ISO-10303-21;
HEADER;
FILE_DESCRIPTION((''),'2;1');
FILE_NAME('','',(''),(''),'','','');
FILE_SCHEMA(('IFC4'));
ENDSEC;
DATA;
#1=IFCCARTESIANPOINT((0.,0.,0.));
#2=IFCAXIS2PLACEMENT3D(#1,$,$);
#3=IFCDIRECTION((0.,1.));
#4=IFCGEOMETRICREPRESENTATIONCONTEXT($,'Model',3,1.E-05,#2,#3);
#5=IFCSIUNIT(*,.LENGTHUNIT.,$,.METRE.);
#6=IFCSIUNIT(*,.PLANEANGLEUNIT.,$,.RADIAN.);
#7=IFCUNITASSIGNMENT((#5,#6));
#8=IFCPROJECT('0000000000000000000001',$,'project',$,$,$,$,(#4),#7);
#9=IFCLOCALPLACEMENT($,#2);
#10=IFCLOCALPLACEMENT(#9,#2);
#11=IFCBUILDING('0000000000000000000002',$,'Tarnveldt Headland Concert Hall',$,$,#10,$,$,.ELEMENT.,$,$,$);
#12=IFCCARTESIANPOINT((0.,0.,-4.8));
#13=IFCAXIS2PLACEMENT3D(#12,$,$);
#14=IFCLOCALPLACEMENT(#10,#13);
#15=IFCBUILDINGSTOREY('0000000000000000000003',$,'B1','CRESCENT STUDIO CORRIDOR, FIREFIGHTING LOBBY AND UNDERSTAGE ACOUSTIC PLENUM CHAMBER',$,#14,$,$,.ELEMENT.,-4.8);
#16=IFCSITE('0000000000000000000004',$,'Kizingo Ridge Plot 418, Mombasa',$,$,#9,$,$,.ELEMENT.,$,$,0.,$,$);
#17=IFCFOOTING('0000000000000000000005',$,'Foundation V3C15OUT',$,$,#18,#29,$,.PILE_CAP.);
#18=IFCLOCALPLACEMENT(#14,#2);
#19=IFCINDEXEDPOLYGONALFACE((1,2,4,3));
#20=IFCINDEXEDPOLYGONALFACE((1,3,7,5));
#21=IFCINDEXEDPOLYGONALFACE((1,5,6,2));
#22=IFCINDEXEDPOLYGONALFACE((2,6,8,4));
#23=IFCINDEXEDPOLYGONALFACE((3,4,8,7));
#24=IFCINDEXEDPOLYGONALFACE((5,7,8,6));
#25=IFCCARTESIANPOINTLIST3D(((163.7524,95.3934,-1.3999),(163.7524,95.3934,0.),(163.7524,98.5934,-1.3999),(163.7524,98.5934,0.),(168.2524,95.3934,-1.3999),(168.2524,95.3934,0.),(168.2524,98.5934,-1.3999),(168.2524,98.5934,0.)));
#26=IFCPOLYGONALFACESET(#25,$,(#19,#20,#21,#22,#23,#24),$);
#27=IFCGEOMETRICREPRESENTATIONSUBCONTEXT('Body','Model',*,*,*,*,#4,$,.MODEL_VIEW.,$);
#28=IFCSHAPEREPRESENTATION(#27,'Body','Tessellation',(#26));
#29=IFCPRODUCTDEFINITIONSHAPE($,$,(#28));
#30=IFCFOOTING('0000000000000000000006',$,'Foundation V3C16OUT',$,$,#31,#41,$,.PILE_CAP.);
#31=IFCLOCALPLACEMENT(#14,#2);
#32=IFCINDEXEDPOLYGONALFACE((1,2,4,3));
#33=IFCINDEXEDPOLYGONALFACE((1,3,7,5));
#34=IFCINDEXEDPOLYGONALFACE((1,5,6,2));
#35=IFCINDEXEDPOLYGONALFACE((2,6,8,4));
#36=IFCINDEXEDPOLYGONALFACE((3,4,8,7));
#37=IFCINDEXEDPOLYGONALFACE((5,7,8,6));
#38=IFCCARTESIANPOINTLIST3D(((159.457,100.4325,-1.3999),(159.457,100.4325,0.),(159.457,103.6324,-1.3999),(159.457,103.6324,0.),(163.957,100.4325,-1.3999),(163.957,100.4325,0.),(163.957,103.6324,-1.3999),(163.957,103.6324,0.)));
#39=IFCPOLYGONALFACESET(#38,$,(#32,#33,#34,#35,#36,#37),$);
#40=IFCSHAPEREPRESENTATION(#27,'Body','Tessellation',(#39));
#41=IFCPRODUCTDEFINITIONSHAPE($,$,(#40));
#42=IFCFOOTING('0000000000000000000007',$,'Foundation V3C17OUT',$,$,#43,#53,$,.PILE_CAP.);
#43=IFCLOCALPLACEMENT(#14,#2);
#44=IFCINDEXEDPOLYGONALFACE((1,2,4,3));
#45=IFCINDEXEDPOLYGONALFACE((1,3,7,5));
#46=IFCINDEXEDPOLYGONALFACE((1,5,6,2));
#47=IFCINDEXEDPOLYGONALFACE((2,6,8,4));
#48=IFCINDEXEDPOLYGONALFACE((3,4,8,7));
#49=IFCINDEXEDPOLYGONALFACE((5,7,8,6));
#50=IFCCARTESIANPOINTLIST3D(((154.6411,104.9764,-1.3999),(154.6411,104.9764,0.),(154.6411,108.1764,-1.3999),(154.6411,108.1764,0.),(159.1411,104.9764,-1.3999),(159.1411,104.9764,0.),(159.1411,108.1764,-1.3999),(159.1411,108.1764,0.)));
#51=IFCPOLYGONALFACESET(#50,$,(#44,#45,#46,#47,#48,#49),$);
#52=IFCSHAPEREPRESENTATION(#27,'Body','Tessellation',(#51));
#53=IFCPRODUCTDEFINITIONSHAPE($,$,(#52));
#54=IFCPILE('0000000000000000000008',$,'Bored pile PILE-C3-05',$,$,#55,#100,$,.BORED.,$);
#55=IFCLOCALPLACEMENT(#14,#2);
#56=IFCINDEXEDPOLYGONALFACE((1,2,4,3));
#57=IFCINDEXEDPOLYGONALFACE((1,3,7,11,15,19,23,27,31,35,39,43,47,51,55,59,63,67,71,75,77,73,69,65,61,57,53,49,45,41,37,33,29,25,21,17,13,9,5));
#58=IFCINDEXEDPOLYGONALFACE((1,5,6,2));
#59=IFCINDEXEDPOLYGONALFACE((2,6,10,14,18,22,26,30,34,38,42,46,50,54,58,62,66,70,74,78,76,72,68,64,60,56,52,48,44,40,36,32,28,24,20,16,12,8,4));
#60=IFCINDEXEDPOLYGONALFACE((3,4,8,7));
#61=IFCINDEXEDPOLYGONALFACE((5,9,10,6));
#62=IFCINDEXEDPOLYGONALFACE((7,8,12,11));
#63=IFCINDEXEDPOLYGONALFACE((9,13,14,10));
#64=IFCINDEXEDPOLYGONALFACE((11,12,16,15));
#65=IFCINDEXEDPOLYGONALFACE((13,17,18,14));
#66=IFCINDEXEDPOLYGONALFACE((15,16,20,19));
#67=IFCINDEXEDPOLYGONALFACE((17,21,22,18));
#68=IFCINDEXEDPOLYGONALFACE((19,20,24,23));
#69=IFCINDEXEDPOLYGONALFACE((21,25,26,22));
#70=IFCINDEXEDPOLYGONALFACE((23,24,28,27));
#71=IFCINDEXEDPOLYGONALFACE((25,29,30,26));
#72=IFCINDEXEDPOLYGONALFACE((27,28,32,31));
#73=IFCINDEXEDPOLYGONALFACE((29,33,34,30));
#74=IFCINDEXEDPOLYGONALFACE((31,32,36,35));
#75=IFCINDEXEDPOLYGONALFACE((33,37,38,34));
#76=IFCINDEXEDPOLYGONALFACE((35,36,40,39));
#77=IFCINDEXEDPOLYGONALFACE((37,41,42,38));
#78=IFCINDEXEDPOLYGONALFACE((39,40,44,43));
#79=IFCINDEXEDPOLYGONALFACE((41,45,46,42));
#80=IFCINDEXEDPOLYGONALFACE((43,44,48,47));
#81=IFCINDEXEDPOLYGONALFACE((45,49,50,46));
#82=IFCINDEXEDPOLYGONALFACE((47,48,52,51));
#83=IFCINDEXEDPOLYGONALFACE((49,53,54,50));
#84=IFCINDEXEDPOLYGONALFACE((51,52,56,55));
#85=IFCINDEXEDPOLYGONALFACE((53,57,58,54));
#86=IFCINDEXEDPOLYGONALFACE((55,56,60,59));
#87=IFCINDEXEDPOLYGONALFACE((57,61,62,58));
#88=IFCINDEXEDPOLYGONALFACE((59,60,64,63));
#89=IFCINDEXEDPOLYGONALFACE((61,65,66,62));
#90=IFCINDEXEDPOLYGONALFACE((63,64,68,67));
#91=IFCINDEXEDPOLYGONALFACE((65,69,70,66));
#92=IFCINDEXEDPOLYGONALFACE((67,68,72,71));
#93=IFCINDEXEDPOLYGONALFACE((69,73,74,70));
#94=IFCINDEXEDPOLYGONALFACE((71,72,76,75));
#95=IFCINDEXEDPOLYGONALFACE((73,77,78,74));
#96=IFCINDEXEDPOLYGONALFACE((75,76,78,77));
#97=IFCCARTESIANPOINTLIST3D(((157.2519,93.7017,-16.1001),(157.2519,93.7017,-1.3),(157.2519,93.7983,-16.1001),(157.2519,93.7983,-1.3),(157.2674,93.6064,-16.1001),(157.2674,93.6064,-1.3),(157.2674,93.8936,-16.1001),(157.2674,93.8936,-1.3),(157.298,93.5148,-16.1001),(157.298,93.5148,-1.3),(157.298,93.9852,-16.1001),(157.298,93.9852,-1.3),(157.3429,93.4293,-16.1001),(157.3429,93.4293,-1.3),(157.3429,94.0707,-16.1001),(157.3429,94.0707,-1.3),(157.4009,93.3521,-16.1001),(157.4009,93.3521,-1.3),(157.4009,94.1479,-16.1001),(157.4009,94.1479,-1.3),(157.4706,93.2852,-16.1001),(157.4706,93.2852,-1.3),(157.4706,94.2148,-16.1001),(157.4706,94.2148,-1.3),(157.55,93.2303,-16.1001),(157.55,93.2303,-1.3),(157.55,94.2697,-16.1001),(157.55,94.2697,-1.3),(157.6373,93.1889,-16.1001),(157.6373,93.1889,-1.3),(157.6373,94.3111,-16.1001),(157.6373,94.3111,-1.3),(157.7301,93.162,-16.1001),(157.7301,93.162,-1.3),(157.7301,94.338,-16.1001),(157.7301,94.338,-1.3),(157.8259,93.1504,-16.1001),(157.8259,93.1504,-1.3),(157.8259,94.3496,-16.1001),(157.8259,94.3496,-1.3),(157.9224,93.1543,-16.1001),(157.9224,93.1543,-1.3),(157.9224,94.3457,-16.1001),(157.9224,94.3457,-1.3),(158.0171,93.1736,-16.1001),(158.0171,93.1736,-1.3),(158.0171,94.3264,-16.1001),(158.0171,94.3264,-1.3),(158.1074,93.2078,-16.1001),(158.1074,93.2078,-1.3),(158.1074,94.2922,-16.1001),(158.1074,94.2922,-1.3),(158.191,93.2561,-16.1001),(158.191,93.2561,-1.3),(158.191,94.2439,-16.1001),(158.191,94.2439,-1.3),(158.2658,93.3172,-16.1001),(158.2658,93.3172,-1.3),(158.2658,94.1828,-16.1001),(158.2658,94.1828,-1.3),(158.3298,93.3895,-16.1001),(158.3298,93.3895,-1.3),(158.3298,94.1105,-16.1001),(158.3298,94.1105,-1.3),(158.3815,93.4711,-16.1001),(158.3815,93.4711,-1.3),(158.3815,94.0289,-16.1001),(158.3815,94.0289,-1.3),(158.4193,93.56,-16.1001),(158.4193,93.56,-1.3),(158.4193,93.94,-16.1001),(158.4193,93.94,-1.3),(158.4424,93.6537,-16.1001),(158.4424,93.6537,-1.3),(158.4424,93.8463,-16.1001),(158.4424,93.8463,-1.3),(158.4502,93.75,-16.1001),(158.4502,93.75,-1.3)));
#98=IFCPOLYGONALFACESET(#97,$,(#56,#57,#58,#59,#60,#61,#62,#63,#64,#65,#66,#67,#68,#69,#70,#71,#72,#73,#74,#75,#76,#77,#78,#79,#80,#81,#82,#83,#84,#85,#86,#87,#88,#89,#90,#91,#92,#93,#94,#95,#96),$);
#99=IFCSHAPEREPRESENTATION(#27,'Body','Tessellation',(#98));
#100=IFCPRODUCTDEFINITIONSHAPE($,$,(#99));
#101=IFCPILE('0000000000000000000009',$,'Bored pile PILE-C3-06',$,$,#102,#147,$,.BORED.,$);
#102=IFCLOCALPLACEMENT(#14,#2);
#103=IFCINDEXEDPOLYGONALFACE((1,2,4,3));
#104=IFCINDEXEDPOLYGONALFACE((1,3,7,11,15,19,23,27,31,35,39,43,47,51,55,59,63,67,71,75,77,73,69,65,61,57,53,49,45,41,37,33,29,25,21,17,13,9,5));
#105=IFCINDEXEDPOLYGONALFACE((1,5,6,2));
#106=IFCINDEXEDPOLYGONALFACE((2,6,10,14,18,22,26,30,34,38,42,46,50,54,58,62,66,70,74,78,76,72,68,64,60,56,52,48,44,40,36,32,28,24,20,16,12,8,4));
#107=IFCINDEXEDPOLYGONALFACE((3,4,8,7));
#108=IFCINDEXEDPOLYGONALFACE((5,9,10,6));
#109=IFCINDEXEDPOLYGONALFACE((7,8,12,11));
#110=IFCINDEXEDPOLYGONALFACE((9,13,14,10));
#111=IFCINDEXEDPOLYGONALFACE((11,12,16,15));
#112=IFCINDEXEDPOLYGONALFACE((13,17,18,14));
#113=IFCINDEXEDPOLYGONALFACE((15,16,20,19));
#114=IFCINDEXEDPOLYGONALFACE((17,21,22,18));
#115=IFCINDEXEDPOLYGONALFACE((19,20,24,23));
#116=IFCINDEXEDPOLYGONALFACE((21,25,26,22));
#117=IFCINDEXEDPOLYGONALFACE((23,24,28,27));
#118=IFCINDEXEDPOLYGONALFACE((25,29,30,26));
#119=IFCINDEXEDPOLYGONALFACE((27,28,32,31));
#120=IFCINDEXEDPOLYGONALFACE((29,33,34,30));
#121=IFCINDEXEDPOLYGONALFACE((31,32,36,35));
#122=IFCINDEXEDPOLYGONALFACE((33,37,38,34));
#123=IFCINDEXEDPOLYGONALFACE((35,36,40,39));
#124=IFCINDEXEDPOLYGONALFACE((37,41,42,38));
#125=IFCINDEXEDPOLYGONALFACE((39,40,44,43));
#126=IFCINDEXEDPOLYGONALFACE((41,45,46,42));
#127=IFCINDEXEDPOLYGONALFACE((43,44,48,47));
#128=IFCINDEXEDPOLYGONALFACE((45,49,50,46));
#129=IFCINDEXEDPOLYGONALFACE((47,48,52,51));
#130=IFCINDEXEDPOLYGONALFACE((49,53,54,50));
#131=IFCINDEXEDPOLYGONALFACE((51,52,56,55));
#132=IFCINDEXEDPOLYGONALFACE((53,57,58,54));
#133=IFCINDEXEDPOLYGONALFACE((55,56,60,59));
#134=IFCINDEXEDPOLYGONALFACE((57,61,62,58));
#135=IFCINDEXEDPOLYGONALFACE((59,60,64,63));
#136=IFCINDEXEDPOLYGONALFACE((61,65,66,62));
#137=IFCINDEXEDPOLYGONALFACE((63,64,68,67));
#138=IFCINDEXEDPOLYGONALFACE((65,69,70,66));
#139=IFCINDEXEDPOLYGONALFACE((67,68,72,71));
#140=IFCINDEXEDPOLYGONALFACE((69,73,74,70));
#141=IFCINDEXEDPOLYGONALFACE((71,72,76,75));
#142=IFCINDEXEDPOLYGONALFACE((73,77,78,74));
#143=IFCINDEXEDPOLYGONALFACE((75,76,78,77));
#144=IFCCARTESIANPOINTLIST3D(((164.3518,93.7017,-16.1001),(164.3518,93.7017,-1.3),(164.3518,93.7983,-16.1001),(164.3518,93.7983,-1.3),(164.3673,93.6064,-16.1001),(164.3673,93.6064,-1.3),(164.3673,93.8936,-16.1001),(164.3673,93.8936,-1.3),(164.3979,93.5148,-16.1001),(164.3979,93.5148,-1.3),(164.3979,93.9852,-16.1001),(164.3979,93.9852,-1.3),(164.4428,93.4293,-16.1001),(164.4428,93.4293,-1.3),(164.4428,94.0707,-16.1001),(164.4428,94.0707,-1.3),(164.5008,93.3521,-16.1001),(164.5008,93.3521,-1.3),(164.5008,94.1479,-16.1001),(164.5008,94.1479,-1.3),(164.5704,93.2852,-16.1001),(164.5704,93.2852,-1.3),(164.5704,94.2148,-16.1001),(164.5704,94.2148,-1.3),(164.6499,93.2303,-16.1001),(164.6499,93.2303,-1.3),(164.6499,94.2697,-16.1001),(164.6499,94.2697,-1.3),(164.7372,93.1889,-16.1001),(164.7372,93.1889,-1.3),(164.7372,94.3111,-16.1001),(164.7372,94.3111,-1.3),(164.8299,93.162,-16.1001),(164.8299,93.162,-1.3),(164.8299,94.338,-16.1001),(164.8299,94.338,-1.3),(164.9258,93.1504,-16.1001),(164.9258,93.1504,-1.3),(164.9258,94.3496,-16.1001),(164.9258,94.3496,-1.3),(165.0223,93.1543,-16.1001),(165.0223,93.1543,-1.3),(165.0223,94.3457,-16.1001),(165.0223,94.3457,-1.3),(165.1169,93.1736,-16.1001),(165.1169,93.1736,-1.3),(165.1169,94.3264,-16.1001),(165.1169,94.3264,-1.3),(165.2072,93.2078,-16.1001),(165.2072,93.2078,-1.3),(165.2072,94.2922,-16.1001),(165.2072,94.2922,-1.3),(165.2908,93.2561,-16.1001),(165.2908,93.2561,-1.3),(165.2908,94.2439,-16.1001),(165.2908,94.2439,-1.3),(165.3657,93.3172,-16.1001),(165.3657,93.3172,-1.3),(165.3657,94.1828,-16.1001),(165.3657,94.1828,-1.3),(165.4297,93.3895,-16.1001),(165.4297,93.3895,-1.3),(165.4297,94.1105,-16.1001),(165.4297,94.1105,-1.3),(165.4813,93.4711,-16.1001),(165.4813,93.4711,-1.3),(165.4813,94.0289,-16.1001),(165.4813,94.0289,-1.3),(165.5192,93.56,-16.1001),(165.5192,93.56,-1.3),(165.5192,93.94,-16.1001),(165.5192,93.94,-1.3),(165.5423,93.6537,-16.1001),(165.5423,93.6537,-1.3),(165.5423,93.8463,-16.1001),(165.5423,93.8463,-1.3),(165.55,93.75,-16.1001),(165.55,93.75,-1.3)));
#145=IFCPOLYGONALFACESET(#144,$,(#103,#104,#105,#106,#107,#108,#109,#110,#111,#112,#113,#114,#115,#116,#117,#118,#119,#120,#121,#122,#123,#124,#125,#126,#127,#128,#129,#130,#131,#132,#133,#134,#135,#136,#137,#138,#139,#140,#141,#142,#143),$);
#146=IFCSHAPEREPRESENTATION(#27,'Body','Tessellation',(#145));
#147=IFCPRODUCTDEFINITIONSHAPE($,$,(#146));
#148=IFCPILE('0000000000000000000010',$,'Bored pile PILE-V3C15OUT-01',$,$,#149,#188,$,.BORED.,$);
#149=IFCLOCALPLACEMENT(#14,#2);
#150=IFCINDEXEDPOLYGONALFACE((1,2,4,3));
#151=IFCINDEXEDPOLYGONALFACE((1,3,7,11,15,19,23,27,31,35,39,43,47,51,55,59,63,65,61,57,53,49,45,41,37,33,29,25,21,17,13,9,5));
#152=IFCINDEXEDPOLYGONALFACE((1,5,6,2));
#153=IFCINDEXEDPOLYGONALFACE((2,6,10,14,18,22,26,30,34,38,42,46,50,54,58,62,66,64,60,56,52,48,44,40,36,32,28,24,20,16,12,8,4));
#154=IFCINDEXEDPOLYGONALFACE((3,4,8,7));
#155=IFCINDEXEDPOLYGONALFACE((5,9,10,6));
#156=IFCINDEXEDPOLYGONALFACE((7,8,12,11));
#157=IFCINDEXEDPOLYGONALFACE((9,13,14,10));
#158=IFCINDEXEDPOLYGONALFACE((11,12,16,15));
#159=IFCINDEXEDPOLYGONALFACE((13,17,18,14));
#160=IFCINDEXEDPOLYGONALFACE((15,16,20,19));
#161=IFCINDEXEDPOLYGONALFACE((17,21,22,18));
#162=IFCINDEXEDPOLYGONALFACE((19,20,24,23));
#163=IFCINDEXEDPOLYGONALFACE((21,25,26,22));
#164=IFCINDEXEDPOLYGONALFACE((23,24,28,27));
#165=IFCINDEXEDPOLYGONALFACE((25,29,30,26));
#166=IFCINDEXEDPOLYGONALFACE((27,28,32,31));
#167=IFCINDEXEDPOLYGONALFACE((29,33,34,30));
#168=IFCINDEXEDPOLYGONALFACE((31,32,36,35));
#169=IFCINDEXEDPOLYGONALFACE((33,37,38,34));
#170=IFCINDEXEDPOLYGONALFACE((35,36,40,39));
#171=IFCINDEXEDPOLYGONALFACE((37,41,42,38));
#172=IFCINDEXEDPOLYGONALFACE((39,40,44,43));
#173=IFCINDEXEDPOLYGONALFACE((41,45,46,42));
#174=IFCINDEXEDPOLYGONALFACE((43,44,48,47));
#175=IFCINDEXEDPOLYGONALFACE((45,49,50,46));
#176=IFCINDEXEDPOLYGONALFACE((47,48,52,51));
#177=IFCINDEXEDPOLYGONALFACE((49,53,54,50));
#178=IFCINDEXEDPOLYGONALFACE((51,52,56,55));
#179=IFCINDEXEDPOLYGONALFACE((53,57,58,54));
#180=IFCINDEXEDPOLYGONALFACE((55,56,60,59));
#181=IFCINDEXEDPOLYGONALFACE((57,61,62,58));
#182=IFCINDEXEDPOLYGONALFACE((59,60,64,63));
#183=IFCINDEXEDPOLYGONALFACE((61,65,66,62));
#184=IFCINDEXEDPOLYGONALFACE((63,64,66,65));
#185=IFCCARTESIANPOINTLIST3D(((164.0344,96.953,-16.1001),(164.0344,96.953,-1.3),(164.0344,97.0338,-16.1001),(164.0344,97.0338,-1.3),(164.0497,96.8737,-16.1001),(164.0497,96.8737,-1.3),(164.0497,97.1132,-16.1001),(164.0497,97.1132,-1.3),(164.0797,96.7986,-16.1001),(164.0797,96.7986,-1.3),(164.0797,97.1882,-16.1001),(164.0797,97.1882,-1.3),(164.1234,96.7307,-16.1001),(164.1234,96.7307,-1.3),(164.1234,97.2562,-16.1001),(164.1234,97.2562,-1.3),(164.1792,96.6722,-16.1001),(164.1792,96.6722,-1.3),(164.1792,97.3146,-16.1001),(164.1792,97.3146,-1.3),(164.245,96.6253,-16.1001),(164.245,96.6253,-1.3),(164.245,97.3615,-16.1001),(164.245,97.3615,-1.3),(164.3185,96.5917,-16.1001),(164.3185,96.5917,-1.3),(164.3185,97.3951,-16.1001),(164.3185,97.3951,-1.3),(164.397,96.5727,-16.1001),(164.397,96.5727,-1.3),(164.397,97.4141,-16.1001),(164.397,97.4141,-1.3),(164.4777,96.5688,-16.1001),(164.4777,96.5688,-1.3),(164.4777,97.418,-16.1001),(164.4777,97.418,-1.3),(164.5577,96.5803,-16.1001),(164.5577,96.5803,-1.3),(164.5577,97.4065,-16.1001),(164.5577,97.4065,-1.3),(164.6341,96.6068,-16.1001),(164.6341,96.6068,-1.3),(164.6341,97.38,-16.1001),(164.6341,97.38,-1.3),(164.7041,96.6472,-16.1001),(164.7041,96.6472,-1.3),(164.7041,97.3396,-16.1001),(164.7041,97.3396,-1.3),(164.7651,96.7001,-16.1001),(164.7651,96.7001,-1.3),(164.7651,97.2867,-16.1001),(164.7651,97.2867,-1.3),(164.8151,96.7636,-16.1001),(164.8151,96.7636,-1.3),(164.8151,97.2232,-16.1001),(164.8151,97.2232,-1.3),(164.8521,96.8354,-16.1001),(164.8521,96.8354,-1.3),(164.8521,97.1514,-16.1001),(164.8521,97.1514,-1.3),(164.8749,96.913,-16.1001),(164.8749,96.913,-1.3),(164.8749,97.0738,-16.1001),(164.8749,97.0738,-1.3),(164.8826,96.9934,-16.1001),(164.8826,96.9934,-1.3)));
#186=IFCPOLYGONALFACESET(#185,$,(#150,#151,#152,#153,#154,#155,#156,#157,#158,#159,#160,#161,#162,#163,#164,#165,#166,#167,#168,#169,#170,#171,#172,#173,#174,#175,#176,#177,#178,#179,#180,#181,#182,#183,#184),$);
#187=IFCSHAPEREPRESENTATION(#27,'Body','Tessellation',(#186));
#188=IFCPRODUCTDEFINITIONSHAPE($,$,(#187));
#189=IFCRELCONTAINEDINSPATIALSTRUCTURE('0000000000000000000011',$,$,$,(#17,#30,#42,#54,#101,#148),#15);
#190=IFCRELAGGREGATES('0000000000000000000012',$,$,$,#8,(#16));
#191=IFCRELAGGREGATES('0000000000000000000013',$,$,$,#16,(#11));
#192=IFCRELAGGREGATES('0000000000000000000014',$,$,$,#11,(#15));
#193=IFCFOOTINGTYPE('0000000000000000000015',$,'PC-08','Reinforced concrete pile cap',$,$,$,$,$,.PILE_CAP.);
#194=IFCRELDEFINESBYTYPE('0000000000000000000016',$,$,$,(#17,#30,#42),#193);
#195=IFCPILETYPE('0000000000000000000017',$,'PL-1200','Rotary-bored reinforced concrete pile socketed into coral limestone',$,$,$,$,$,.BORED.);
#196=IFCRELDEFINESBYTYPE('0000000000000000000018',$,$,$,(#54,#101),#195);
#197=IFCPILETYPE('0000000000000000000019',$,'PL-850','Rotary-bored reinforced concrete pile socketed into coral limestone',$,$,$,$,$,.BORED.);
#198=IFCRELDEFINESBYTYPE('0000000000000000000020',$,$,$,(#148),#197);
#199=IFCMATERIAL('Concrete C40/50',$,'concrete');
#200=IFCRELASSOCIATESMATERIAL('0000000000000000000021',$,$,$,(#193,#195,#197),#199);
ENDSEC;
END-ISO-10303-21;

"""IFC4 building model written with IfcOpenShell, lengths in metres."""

from ifc_helpers import new_model, si_unit, direction, frame, origin, origin_2d, place, context, subcontext, project, spatial, rectangle, circle, extrude, material, material_profile, profile_set, type_object, element, save


model = new_model("IFC4")

# Units and contexts
model_context = context("Model", 3, precision=1e-05, world=origin(), true_north=direction((0.0, 1.0)))
body_context = subcontext(model_context, "Body", "Model", "MODEL_VIEW")
ifc_project = project(units=[si_unit("LENGTHUNIT", "METRE"), si_unit("PLANEANGLEUNIT", "RADIAN")], contexts=[model_context])

# Site, building, storey
site_placement = place(None, origin())
site = spatial("IfcSite", under=ifc_project, at=site_placement, Name="Kizingo Ridge Plot 418, Mombasa", CompositionType="ELEMENT", RefElevation=0.0)
building_placement = place(site_placement, origin())
building = spatial("IfcBuilding", under=site, at=building_placement, Name="Tarnveldt Headland Concert Hall", CompositionType="ELEMENT")
storey_placement = place(building_placement, frame((0.0, 0.0, -4.8)))
storey = spatial("IfcBuildingStorey", under=building, at=storey_placement, Name="B1", Description="CRESCENT STUDIO CORRIDOR, FIREFIGHTING LOBBY AND UNDERSTAGE ACOUSTIC PLENUM CHAMBER", CompositionType="ELEMENT", Elevation=-4.8)

# Footings
ifc_material_1 = material(Name="Concrete C40/50", Category="concrete")
footing_type = type_object("IfcFootingType", Name="PC-08", Description="Reinforced concrete pile cap", PredefinedType="PILE_CAP", material=ifc_material_1)
for number, where, z_axis, x_axis, name in (
    (1, (166.0024, 96.9934, -1.3999), (0.0, 0.0, 1.0), (1.0, 0.0, 0.0), "Foundation V3C15OUT"),
    (2, (161.707, 102.0325, -1.3999), (0.0, 0.0, 1.0), (1.0, 0.0, 0.0), "Foundation V3C16OUT"),
    (3, (156.8911, 106.5764, -1.3999), (0.0, 0.0, 1.0), (1.0, 0.0, 0.0), "Foundation V3C17OUT"),
):
    element("IfcFooting", number, at=place(storey_placement, frame(where, z_axis=z_axis, x_axis=x_axis)), inside=storey, type_object=footing_type, Name=name, PredefinedType="PILE_CAP", context=body_context, shape_type="SweptSolid", body=[
        extrude(rectangle(XDim=4.5, YDim=3.2, at=origin_2d()), origin(), (0.0, 0.0, 1.0), 1.3999),
    ])

# Piles
ifc_material_profile_1 = material_profile(ifc_material_1, circle(Radius=0.6001, at=origin_2d()), Name="BORED PILE D1200", Category="concrete")
ifc_profile_set_1 = profile_set([ifc_material_profile_1], Name="Concrete C40/50")
pile_type_1 = type_object("IfcPileType", Name="PL-1200", Description="Rotary-bored reinforced concrete pile socketed into coral limestone", PredefinedType="BORED", material=ifc_profile_set_1)
for number, where, z_axis, x_axis, name in (
    (4, (157.8501, 93.75, -1.3), (0.0, 0.0, -1.0), (1.0, 0.0, 0.0), "Bored pile PILE-C3-05"),
    (5, (164.95, 93.75, -1.3), (0.0, 0.0, -1.0), (1.0, 0.0, 0.0), "Bored pile PILE-C3-06"),
):
    element("IfcPile", number, at=place(storey_placement, frame(where, z_axis=z_axis, x_axis=x_axis)), inside=storey, type_object=pile_type_1, Name=name, PredefinedType="BORED", context=body_context, shape_type="SweptSolid", body=[
        extrude(circle(Radius=0.6001, at=origin_2d()), origin(), (0.0, 0.0, 1.0), 14.8),
    ])
ifc_material_profile_2 = material_profile(ifc_material_1, circle(Radius=0.425, at=origin_2d()), Name="BORED PILE D850", Category="concrete")
ifc_profile_set_2 = profile_set([ifc_material_profile_2], Name="Concrete C40/50")
pile_type_2 = type_object("IfcPileType", Name="PL-850", Description="Rotary-bored reinforced concrete pile socketed into coral limestone", PredefinedType="BORED", material=ifc_profile_set_2)
for number, where, z_axis, x_axis, name in (
    (6, (164.4575, 96.9934, -1.3), (0.0, 0.0, -1.0), (1.0, 0.0, 0.0), "Bored pile PILE-V3C15OUT-01"),
):
    element("IfcPile", number, at=place(storey_placement, frame(where, z_axis=z_axis, x_axis=x_axis)), inside=storey, type_object=pile_type_2, Name=name, PredefinedType="BORED", context=body_context, shape_type="SweptSolid", body=[
        extrude(circle(Radius=0.425, at=origin_2d()), origin(), (0.0, 0.0, 1.0), 14.8),
    ])

save(model, "model.ifc")
